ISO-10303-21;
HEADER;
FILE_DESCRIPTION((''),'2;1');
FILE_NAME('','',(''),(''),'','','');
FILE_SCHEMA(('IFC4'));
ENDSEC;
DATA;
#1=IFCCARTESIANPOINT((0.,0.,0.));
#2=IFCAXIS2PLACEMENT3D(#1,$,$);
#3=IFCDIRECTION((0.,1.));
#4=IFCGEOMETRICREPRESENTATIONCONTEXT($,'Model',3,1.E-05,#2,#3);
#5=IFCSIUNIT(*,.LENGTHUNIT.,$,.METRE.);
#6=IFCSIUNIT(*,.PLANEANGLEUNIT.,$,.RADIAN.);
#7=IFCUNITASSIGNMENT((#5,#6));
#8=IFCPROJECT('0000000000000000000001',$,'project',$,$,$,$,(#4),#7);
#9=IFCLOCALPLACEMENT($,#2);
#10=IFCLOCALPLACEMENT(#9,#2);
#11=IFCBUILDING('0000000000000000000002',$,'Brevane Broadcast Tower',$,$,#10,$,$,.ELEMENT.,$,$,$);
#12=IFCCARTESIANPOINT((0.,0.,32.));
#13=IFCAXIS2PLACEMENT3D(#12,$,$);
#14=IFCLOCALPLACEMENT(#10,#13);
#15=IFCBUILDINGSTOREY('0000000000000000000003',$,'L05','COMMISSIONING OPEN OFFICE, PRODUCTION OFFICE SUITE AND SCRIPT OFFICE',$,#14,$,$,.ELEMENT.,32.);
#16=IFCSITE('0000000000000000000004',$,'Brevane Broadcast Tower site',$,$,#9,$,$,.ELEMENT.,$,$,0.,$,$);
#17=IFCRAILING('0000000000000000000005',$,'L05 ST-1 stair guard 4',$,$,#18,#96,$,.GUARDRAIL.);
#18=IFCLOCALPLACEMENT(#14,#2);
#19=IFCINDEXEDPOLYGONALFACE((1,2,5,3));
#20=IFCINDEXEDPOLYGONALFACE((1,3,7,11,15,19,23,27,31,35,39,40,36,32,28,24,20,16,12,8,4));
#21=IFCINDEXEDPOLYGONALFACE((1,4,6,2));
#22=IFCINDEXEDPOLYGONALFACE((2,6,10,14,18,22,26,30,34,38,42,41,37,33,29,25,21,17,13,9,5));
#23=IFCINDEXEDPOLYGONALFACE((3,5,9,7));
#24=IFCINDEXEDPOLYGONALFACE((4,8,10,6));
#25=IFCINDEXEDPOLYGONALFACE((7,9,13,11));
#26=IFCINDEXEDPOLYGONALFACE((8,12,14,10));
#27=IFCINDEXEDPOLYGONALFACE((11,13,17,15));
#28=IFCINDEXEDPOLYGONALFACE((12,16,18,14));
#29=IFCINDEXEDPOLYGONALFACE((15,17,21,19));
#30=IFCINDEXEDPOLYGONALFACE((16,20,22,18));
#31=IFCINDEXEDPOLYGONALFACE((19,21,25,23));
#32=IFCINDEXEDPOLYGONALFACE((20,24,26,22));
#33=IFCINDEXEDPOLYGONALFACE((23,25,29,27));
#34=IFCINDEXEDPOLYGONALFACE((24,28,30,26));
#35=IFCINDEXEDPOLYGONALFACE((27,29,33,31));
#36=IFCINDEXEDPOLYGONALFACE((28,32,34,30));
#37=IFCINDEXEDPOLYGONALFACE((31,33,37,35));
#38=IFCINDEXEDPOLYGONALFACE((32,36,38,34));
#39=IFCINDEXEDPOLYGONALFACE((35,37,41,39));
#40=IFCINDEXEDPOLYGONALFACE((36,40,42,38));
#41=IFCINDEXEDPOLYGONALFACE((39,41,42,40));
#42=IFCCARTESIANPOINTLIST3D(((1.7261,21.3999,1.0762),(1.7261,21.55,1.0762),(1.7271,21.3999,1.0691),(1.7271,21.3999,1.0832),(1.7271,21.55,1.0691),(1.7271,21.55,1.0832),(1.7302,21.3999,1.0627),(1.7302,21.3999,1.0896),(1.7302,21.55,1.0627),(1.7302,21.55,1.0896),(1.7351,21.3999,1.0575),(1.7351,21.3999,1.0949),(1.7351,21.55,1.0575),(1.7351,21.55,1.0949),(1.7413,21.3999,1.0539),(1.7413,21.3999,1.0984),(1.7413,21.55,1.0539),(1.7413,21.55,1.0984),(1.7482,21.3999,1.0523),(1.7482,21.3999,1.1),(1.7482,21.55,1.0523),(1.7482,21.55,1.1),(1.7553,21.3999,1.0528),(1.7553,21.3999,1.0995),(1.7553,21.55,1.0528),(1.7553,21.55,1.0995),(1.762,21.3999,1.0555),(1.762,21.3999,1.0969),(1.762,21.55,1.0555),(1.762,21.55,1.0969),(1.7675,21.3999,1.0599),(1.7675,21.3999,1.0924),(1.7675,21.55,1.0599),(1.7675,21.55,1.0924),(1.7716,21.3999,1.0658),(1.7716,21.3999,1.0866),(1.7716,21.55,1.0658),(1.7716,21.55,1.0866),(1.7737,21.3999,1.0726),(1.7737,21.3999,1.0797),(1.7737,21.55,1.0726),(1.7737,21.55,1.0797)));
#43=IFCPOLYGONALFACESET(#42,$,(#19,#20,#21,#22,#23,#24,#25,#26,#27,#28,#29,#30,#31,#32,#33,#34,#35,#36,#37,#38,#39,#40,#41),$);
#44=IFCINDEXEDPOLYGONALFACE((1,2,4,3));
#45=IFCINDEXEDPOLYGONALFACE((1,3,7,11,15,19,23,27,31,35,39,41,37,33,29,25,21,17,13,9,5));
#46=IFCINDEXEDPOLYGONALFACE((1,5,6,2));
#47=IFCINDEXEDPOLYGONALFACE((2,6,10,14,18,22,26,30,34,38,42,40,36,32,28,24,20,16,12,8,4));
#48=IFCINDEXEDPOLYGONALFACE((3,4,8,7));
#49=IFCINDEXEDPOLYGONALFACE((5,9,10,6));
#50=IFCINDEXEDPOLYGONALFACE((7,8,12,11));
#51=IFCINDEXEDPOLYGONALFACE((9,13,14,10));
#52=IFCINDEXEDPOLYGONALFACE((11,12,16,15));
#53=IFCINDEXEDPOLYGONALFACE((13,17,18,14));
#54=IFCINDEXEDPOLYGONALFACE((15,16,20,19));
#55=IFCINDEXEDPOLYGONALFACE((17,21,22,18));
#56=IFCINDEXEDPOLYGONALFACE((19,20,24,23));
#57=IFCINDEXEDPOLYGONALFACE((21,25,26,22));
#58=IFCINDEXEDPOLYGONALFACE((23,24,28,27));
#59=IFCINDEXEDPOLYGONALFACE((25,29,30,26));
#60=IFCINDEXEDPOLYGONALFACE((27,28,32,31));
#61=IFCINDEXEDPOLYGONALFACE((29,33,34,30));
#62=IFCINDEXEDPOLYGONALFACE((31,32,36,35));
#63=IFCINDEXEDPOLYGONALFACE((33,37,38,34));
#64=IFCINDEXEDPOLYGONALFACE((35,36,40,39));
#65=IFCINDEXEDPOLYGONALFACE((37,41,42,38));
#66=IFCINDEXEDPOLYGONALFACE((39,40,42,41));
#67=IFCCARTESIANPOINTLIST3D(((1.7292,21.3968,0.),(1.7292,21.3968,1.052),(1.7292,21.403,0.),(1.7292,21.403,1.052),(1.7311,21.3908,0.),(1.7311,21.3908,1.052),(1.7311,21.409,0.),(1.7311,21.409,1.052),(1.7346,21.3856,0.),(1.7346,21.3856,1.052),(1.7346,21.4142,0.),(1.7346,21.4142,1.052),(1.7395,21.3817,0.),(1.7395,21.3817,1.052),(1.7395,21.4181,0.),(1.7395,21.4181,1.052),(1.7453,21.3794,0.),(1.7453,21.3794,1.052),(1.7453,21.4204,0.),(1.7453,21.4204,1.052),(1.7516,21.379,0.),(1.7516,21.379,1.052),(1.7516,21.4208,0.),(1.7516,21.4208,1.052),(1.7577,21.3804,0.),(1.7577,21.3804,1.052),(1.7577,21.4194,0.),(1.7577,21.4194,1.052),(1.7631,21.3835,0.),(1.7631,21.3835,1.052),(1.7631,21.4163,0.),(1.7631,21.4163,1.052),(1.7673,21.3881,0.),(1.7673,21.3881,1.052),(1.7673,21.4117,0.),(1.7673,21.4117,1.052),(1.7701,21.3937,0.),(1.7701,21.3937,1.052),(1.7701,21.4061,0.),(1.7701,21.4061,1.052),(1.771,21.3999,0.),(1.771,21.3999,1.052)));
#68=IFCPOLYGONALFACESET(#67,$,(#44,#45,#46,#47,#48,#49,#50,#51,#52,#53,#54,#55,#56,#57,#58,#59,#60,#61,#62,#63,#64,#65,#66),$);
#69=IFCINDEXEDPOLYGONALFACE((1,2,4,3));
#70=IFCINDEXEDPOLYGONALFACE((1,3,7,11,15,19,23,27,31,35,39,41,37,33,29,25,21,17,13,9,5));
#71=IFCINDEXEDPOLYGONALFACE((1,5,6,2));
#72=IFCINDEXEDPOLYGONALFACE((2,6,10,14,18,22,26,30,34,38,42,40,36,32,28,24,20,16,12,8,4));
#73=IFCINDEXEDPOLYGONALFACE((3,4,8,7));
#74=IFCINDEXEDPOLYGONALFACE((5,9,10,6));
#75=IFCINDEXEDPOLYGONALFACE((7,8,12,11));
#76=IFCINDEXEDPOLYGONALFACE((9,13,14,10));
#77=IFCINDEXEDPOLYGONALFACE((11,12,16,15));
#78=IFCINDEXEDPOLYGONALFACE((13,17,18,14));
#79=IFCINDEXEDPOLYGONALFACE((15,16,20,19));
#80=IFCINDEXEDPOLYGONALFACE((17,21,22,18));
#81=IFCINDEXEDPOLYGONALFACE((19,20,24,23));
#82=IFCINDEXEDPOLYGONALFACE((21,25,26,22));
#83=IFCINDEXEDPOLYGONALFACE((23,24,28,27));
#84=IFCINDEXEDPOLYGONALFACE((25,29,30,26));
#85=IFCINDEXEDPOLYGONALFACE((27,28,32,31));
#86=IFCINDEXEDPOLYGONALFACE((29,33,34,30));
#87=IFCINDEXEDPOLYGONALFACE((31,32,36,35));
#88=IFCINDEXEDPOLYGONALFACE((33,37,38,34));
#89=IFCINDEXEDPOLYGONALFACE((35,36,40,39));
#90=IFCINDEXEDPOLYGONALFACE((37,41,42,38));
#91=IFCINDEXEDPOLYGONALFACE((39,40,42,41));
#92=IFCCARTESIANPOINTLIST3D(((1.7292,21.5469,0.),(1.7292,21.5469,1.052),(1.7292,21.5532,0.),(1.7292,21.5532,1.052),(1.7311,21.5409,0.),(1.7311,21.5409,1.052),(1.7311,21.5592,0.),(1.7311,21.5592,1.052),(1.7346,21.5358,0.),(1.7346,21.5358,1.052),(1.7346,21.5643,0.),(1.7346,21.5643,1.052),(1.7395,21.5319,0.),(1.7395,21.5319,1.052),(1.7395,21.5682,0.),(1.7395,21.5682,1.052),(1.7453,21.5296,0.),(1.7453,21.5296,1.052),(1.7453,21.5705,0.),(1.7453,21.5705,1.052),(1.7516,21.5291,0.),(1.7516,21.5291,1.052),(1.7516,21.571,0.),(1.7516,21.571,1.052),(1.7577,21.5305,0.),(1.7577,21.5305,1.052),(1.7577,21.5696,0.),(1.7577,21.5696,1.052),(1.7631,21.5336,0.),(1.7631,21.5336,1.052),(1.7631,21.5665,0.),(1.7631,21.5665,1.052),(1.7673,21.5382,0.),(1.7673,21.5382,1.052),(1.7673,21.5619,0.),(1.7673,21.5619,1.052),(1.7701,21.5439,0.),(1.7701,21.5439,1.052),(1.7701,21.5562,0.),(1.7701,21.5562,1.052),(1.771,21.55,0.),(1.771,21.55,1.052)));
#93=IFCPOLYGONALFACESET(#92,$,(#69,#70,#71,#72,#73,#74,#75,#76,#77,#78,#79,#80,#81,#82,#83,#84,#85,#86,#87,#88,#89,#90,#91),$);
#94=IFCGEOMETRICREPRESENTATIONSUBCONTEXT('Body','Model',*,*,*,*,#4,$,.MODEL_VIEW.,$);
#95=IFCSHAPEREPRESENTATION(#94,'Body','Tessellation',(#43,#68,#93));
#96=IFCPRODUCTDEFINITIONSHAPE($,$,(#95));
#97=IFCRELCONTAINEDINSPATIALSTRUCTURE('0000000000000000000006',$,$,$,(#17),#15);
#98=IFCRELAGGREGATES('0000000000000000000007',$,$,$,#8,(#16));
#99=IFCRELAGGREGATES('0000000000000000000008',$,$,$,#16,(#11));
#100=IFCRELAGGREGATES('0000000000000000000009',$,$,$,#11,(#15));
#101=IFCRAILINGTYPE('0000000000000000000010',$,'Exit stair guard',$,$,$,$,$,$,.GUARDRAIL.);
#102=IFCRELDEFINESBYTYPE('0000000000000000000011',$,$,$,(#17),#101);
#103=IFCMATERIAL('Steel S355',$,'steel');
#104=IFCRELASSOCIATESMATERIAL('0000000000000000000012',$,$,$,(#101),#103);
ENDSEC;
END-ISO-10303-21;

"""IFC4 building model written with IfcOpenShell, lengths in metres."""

from ifc_helpers import new_model, si_unit, direction, frame, origin, origin_2d, place, context, subcontext, project, spatial, circle, extrude, material, type_object, element, save


model = new_model("IFC4")

# Units and contexts
model_context = context("Model", 3, precision=1e-05, world=origin(), true_north=direction((0.0, 1.0)))
body_context = subcontext(model_context, "Body", "Model", "MODEL_VIEW")
ifc_project = project(units=[si_unit("LENGTHUNIT", "METRE"), si_unit("PLANEANGLEUNIT", "RADIAN")], contexts=[model_context])

# Site, building, storey
site_placement = place(None, origin())
site = spatial("IfcSite", under=ifc_project, at=site_placement, Name="Brevane Broadcast Tower site", CompositionType="ELEMENT", RefElevation=0.0)
building_placement = place(site_placement, origin())
building = spatial("IfcBuilding", under=site, at=building_placement, Name="Brevane Broadcast Tower", CompositionType="ELEMENT")
storey_placement = place(building_placement, frame((0.0, 0.0, 32.0)))
storey = spatial("IfcBuildingStorey", under=building, at=storey_placement, Name="L05", Description="COMMISSIONING OPEN OFFICE, PRODUCTION OFFICE SUITE AND SCRIPT OFFICE", CompositionType="ELEMENT", Elevation=32.0)

# Railing
ifc_material_1 = material(Name="Steel S355", Category="steel")
railing_type_1 = type_object("IfcRailingType", Name="Exit stair guard", PredefinedType="GUARDRAIL", material=ifc_material_1)
railing_1_placement = place(storey_placement, frame((1.75, 21.3999, 0.0)))
element("IfcRailing", 1, at=railing_1_placement, inside=storey, type_object=railing_type_1, Name="L05 ST-1 stair guard 4", PredefinedType="GUARDRAIL", context=body_context, shape_type="SweptSolid", body=[
    extrude(circle(Radius=0.0239, at=origin_2d()), frame((0.0, 0.0, 1.0762), z_axis=(0.0, 1.0, 0.0), x_axis=(-1.0, 0.0, 0.0)), (0.0, 0.0, 1.0), 0.1501),
    extrude(circle(Radius=0.021, at=origin_2d()), origin(), (0.0, 0.0, 1.0), 1.052),
    extrude(circle(Radius=0.021, at=origin_2d()), frame((0.0, 0.1501, 0.0)), (0.0, 0.0, 1.0), 1.052),
])

save(model, "model.ifc")
